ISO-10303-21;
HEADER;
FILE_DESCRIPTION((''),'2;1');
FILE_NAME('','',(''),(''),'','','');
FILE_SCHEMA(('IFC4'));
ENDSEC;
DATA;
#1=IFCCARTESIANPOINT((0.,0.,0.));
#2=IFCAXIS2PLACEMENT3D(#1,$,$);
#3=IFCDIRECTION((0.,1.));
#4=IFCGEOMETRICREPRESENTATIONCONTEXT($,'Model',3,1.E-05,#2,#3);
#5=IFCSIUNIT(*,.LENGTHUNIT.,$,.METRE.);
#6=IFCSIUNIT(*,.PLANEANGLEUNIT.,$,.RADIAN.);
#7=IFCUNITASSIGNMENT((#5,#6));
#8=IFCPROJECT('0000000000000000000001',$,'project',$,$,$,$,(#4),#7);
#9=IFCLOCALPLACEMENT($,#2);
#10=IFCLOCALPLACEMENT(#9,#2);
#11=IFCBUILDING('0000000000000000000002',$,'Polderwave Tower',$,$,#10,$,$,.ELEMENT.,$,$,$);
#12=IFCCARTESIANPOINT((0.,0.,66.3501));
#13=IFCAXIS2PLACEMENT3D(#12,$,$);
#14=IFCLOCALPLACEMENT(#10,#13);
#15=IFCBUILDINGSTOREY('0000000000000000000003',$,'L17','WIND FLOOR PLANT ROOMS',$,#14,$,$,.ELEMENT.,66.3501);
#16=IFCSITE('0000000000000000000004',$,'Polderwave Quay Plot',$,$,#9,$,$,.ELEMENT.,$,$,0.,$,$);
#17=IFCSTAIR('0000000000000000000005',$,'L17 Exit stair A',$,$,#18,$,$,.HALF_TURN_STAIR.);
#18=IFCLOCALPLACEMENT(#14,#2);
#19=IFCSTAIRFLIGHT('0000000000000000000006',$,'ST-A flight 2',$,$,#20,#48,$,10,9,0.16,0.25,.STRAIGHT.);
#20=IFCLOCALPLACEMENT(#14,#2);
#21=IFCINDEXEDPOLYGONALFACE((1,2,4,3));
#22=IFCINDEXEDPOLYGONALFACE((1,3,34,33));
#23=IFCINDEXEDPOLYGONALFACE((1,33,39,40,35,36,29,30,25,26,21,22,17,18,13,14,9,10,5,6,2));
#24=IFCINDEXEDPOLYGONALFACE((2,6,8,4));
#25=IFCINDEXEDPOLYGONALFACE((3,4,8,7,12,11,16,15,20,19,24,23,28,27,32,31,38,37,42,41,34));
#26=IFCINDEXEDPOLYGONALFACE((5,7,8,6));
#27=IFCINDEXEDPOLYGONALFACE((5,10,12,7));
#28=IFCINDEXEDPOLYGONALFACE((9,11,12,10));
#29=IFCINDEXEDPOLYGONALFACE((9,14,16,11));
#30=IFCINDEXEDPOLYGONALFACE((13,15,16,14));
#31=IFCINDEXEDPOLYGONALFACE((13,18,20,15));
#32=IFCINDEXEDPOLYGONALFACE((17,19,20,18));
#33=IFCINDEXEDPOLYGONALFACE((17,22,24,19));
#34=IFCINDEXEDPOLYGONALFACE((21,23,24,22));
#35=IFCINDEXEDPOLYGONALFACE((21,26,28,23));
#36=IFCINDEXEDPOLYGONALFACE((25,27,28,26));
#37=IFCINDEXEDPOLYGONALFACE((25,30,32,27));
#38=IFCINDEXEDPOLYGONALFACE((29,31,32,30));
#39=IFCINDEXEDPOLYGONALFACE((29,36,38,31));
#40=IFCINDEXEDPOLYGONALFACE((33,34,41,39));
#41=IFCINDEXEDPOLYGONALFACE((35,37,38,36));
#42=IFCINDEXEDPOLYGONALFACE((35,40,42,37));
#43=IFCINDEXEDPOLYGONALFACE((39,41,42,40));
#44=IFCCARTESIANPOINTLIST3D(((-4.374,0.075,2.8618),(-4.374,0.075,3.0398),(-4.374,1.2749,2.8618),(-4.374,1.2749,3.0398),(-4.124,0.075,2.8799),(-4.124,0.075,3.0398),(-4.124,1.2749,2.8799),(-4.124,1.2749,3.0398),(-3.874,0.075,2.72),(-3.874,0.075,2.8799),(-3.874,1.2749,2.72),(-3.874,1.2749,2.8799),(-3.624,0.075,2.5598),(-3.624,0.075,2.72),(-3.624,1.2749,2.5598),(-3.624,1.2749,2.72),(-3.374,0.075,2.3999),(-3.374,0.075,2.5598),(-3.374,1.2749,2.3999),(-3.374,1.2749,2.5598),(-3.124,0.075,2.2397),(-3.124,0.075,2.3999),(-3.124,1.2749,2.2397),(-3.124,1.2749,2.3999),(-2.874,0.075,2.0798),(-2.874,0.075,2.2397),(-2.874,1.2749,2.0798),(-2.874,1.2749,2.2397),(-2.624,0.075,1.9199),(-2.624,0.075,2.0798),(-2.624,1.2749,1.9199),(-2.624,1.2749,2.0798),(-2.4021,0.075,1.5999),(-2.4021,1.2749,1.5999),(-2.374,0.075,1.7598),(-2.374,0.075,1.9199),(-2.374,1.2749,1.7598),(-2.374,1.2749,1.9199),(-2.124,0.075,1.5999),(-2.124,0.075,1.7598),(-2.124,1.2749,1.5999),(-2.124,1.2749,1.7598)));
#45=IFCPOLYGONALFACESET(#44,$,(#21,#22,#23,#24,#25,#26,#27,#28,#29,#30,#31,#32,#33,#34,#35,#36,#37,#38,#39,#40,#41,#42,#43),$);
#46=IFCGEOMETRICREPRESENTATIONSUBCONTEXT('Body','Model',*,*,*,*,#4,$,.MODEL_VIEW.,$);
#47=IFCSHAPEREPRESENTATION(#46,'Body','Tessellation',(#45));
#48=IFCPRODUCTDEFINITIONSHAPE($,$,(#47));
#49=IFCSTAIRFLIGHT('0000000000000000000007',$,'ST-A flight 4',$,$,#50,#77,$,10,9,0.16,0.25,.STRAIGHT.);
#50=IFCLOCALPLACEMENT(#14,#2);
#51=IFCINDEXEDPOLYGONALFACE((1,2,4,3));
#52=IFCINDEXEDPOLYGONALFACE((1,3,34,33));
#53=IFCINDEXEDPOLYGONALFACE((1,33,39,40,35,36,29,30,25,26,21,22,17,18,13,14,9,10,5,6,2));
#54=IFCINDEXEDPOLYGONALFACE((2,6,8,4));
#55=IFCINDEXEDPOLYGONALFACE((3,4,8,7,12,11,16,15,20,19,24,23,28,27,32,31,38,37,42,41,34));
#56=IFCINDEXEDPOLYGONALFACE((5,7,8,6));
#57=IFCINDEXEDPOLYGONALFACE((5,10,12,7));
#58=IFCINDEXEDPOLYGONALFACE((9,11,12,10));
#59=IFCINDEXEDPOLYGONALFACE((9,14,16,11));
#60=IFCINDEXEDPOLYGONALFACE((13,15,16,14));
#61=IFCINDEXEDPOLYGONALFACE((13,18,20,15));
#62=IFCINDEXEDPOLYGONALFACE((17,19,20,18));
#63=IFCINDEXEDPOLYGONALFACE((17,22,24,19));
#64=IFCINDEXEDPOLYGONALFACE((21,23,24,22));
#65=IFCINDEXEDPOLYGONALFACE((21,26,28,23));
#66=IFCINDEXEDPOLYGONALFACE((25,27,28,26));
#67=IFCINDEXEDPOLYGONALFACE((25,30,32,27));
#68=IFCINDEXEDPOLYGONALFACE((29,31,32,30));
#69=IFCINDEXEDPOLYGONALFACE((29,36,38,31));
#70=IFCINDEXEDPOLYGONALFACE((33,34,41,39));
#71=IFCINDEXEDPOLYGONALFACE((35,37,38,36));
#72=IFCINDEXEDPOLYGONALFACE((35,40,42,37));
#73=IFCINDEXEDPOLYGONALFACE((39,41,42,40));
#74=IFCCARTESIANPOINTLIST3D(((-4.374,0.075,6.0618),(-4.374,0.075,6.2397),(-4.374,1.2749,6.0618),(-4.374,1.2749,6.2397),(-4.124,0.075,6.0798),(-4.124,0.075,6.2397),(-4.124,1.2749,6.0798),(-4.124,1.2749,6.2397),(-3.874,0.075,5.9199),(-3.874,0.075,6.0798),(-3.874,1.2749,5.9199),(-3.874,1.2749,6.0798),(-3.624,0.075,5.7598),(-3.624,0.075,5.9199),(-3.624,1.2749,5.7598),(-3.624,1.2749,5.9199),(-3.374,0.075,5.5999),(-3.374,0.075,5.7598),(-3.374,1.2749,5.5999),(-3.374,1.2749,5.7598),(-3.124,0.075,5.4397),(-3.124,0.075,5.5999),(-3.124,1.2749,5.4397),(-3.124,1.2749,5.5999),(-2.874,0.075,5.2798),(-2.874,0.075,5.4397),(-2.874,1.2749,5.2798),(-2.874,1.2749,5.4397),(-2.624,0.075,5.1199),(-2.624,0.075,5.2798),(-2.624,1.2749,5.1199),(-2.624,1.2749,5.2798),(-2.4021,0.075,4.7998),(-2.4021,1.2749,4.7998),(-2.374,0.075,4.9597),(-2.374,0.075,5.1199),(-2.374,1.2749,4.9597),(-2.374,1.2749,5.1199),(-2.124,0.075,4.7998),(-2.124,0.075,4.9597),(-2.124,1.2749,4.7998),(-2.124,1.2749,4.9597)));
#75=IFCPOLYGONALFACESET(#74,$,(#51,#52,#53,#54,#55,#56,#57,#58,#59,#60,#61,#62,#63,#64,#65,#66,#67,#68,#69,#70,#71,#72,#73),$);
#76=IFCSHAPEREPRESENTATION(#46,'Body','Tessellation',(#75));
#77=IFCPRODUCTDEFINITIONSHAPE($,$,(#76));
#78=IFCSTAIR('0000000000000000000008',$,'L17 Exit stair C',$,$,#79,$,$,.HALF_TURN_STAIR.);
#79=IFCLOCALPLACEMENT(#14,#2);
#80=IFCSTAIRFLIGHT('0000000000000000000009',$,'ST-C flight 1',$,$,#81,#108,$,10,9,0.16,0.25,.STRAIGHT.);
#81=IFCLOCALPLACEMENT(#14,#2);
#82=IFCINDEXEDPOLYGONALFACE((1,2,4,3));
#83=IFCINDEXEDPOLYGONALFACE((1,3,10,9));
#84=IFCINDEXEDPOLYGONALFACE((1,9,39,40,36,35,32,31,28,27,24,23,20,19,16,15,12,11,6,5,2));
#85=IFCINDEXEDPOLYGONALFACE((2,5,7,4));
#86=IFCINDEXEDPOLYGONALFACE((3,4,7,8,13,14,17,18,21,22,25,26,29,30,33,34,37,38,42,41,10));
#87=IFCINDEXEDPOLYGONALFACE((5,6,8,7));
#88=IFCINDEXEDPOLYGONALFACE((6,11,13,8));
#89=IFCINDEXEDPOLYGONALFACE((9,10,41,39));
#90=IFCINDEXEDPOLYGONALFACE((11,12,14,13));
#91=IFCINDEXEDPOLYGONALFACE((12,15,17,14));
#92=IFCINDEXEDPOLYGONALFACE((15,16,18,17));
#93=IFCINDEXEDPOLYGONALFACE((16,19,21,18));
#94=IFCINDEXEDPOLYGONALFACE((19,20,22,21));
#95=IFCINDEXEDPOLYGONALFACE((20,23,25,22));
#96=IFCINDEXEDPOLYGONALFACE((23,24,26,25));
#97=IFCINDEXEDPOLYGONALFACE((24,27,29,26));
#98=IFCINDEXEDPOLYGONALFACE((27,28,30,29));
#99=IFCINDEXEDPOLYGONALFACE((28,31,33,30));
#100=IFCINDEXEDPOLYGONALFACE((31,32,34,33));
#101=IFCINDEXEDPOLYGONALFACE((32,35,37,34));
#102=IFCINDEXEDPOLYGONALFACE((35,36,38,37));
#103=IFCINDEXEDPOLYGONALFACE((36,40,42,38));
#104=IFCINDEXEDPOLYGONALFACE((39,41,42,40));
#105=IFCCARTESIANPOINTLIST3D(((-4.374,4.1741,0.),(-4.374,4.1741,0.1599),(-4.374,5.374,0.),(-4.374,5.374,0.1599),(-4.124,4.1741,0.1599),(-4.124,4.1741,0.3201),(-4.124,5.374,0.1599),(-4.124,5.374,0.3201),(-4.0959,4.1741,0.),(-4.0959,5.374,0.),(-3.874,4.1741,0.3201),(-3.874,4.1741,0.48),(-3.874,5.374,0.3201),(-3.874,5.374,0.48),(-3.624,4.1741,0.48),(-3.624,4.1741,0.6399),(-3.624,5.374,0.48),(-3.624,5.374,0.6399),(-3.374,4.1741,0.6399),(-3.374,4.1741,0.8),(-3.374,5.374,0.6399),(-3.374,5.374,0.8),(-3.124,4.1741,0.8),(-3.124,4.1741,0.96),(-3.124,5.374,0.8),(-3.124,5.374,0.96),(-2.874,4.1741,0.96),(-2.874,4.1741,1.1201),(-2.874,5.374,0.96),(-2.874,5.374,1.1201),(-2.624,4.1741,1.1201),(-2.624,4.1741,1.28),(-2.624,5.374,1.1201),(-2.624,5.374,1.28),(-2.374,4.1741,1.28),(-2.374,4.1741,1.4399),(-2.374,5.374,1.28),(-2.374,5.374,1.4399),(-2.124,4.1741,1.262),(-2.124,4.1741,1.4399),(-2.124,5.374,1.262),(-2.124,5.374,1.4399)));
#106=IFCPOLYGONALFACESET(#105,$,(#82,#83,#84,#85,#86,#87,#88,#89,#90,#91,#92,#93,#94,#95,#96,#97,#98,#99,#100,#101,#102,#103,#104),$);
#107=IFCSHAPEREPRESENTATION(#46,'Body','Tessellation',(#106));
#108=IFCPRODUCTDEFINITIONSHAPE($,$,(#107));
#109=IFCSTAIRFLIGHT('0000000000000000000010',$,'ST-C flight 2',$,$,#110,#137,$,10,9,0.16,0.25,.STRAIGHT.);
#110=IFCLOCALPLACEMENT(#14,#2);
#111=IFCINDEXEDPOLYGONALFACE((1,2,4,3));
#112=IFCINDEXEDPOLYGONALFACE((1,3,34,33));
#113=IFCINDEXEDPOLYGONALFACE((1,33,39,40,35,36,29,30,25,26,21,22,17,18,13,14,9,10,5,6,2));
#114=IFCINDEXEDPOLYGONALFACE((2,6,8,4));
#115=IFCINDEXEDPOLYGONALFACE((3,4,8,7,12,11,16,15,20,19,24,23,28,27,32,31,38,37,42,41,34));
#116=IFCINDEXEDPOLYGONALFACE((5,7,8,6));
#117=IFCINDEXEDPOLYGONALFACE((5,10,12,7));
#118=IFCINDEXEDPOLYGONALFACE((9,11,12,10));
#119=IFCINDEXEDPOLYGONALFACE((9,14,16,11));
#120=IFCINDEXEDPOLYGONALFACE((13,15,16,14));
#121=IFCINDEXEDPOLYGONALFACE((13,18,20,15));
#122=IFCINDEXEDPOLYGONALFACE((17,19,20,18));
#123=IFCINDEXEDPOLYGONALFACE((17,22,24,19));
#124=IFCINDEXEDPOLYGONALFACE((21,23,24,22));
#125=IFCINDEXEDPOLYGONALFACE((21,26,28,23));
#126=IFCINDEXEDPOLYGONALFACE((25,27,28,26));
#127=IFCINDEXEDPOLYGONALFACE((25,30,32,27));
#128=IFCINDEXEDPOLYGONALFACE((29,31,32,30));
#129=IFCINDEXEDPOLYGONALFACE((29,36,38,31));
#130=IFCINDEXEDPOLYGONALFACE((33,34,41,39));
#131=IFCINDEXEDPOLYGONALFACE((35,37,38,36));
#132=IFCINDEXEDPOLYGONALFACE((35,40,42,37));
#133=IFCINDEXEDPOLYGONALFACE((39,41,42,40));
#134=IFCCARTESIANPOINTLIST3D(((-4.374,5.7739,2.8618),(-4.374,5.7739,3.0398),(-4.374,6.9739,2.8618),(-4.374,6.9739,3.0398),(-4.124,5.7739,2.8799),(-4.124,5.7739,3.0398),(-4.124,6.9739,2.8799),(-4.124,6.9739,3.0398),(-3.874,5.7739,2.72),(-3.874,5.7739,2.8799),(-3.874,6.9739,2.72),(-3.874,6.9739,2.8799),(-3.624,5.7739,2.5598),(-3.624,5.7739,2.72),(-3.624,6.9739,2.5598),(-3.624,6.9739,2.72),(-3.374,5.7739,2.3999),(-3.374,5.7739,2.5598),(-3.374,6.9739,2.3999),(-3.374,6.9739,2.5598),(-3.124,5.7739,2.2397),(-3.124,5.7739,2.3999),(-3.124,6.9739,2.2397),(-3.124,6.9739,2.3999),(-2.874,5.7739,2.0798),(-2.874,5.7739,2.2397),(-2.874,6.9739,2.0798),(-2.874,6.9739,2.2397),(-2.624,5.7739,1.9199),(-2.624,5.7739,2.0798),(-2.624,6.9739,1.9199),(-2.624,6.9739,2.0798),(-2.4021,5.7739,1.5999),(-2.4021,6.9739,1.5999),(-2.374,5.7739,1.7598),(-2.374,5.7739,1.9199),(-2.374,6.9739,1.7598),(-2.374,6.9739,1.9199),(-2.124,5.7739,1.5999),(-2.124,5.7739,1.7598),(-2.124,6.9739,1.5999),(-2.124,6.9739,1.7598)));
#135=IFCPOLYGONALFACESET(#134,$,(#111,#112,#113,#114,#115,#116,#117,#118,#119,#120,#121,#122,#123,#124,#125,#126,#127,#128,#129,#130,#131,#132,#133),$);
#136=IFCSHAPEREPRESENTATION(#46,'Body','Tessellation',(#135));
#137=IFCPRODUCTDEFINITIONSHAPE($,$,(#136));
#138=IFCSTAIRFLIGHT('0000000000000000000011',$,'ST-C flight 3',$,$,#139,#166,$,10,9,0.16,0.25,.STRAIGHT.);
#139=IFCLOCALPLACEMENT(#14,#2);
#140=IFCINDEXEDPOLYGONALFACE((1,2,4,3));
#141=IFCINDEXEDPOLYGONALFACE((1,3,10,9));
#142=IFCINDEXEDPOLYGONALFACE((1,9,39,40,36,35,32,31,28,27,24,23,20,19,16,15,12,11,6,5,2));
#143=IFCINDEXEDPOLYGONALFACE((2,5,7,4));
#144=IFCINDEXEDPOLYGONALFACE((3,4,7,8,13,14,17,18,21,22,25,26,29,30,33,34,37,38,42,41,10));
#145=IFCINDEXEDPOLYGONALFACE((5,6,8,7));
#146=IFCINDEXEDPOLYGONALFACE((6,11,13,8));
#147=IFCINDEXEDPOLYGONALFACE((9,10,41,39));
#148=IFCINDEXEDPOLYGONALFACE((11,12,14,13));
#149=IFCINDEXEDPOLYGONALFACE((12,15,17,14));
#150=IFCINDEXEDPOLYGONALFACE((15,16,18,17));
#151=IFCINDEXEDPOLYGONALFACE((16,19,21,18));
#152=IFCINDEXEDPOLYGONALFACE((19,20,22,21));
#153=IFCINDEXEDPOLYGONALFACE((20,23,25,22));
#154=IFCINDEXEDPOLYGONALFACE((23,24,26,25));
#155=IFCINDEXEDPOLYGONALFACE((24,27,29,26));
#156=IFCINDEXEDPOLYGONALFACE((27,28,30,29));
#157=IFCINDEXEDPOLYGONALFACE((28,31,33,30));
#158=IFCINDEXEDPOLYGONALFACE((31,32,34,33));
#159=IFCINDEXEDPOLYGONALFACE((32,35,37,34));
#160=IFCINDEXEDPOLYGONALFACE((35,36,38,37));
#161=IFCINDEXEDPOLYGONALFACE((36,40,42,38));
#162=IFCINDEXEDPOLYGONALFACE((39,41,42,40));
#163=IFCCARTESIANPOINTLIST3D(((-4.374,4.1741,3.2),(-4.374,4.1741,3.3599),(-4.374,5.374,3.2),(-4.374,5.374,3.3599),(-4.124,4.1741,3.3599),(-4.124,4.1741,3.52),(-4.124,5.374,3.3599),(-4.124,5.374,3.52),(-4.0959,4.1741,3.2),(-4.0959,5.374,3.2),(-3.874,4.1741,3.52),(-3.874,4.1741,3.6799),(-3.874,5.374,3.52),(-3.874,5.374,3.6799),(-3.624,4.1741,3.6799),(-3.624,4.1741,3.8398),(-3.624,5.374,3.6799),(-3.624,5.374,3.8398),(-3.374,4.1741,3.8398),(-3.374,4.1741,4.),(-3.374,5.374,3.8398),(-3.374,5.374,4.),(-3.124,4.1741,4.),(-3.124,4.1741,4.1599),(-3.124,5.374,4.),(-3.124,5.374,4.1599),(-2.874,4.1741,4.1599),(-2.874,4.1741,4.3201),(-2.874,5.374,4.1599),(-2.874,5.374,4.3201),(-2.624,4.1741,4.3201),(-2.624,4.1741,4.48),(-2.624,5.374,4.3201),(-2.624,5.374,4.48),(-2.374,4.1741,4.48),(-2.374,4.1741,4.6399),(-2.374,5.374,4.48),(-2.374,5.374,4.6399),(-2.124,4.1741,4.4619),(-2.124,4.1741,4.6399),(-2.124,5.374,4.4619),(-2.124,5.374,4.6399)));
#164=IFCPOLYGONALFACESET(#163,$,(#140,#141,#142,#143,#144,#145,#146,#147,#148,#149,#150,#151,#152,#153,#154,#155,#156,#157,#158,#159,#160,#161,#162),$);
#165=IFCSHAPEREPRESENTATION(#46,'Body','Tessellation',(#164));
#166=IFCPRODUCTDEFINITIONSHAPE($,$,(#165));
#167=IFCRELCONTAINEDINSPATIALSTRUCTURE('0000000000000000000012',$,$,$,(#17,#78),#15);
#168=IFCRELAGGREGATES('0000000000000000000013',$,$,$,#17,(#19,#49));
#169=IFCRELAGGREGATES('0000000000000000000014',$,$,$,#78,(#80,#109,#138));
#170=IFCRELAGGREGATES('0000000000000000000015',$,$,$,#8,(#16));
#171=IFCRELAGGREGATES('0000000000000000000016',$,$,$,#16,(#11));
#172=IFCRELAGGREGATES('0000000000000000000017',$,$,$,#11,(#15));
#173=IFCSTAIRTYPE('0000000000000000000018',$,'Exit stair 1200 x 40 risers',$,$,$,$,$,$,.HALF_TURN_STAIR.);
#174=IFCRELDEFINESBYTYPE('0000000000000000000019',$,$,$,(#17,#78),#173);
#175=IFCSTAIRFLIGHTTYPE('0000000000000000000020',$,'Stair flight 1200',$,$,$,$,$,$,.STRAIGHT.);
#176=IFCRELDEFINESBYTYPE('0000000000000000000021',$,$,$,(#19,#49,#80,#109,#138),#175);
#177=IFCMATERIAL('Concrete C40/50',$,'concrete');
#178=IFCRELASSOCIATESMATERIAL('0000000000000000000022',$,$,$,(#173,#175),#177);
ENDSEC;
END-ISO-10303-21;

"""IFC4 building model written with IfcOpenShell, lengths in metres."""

from ifc_helpers import new_model, si_unit, direction, frame, origin, place, context, subcontext, project, spatial, polyline, outline, extrude, material, type_object, element, aggregate, save


model = new_model("IFC4")

# Units and contexts
model_context = context("Model", 3, precision=1e-05, world=origin(), true_north=direction((0.0, 1.0)))
body_context = subcontext(model_context, "Body", "Model", "MODEL_VIEW")
ifc_project = project(units=[si_unit("LENGTHUNIT", "METRE"), si_unit("PLANEANGLEUNIT", "RADIAN")], contexts=[model_context])

# Site, building, storey
site_placement = place(None, origin())
site = spatial("IfcSite", under=ifc_project, at=site_placement, Name="Polderwave Quay Plot", CompositionType="ELEMENT", RefElevation=0.0)
building_placement = place(site_placement, origin())
building = spatial("IfcBuilding", under=site, at=building_placement, Name="Polderwave Tower", CompositionType="ELEMENT")
storey_placement = place(building_placement, frame((0.0, 0.0, 66.3501)))
storey = spatial("IfcBuildingStorey", under=building, at=storey_placement, Name="L17", Description="WIND FLOOR PLANT ROOMS", CompositionType="ELEMENT", Elevation=66.3501)

# Stairs, stair flights
ifc_material_1 = material(Name="Concrete C40/50", Category="concrete")
stair_type = type_object("IfcStairType", Name="Exit stair 1200 x 40 risers", PredefinedType="HALF_TURN_STAIR", material=ifc_material_1)
stair_1_placement = place(storey_placement, origin())
stair_1 = element("IfcStair", 1, at=stair_1_placement, inside=storey, type_object=stair_type, Name="L17 Exit stair A", PredefinedType="HALF_TURN_STAIR")
stair_flight_type = type_object("IfcStairFlightType", Name="Stair flight 1200", PredefinedType="STRAIGHT", material=ifc_material_1)
stair_flight_1_placement = place(storey_placement, frame((-2.124, 0.675, 1.5999), z_axis=(0.0, 0.0, 1.0), x_axis=(-1.0, 0.0, 0.0)))
stair_flight_1 = element("IfcStairFlight", 2, at=stair_flight_1_placement, type_object=stair_flight_type, Name="ST-A flight 2", NumberOfRisers=10, NumberOfTreads=9, PredefinedType="STRAIGHT", RiserHeight=0.16, TreadLength=0.25, context=body_context, shape_type="SweptSolid", body=[
    extrude(outline(polyline([(0.0, 0.0), (0.0, 0.1599), (0.25, 0.1599), (0.25, 0.3201), (0.5, 0.3201), (0.5, 0.48), (0.75, 0.48), (0.75, 0.6399), (1.0, 0.6399), (1.0, 0.8), (1.25, 0.8), (1.25, 0.96), (1.5, 0.96), (1.5, 1.1201), (1.75, 1.1201), (1.75, 1.28), (2.0, 1.28), (2.0, 1.4399), (2.25, 1.4399), (2.25, 1.6001), (2.25, 1.262), (0.2781, 0.0), (0.0, 0.0)])), frame((0.0, 0.6001, 0.0), z_axis=(0.0, -1.0, 0.0), x_axis=(1.0, 0.0, 0.0)), (0.0, 0.0, 1.0), 1.2),
])
stair_flight_2_placement = place(storey_placement, frame((-2.124, 0.675, 4.7998), z_axis=(0.0, 0.0, 1.0), x_axis=(-1.0, 0.0, 0.0)))
stair_flight_2 = element("IfcStairFlight", 3, at=stair_flight_2_placement, type_object=stair_flight_type, Name="ST-A flight 4", NumberOfRisers=10, NumberOfTreads=9, PredefinedType="STRAIGHT", RiserHeight=0.16, TreadLength=0.25, context=body_context, shape_type="SweptSolid", body=[
    extrude(outline(polyline([(0.0, 0.0), (0.0, 0.1599), (0.25, 0.1599), (0.25, 0.3201), (0.5, 0.3201), (0.5, 0.48), (0.75, 0.48), (0.75, 0.6399), (1.0, 0.6399), (1.0, 0.8), (1.25, 0.8), (1.25, 0.96), (1.5, 0.96), (1.5, 1.1201), (1.75, 1.1201), (1.75, 1.28), (2.0, 1.28), (2.0, 1.4399), (2.25, 1.4399), (2.25, 1.6001), (2.25, 1.262), (0.2781, 0.0), (0.0, 0.0)])), frame((0.0, 0.6001, 0.0), z_axis=(0.0, -1.0, 0.0), x_axis=(1.0, 0.0, 0.0)), (0.0, 0.0, 1.0), 1.2),
])
aggregate(stair_1, [stair_flight_1, stair_flight_2])
stair_2_placement = place(storey_placement, origin())
stair_2 = element("IfcStair", 4, at=stair_2_placement, inside=storey, type_object=stair_type, Name="L17 Exit stair C", PredefinedType="HALF_TURN_STAIR")
stair_flight_3_placement = place(storey_placement, frame((-4.374, 4.7739, 0.0), z_axis=(0.0, 0.0, 1.0), x_axis=(1.0, 0.0, 0.0)))
stair_flight_3 = element("IfcStairFlight", 5, at=stair_flight_3_placement, type_object=stair_flight_type, Name="ST-C flight 1", NumberOfRisers=10, NumberOfTreads=9, PredefinedType="STRAIGHT", RiserHeight=0.16, TreadLength=0.25, context=body_context, shape_type="SweptSolid", body=[
    extrude(outline(polyline([(0.0, 0.0), (0.0, 0.1599), (0.25, 0.1599), (0.25, 0.3201), (0.5, 0.3201), (0.5, 0.48), (0.75, 0.48), (0.75, 0.6399), (1.0, 0.6399), (1.0, 0.8), (1.25, 0.8), (1.25, 0.96), (1.5, 0.96), (1.5, 1.1201), (1.75, 1.1201), (1.75, 1.28), (2.0, 1.28), (2.0, 1.4399), (2.25, 1.4399), (2.25, 1.6001), (2.25, 1.262), (0.2781, 0.0), (0.0, 0.0)])), frame((0.0, 0.6001, 0.0), z_axis=(0.0, -1.0, 0.0), x_axis=(1.0, 0.0, 0.0)), (0.0, 0.0, 1.0), 1.2),
])
stair_flight_4_placement = place(storey_placement, frame((-2.124, 6.374, 1.5999), z_axis=(0.0, 0.0, 1.0), x_axis=(-1.0, 0.0, 0.0)))
stair_flight_4 = element("IfcStairFlight", 6, at=stair_flight_4_placement, type_object=stair_flight_type, Name="ST-C flight 2", NumberOfRisers=10, NumberOfTreads=9, PredefinedType="STRAIGHT", RiserHeight=0.16, TreadLength=0.25, context=body_context, shape_type="SweptSolid", body=[
    extrude(outline(polyline([(0.0, 0.0), (0.0, 0.1599), (0.25, 0.1599), (0.25, 0.3201), (0.5, 0.3201), (0.5, 0.48), (0.75, 0.48), (0.75, 0.6399), (1.0, 0.6399), (1.0, 0.8), (1.25, 0.8), (1.25, 0.96), (1.5, 0.96), (1.5, 1.1201), (1.75, 1.1201), (1.75, 1.28), (2.0, 1.28), (2.0, 1.4399), (2.25, 1.4399), (2.25, 1.6001), (2.25, 1.262), (0.2781, 0.0), (0.0, 0.0)])), frame((0.0, 0.6001, 0.0), z_axis=(0.0, -1.0, 0.0), x_axis=(1.0, 0.0, 0.0)), (0.0, 0.0, 1.0), 1.2),
])
stair_flight_5_placement = place(storey_placement, frame((-4.374, 4.7739, 3.2), z_axis=(0.0, 0.0, 1.0), x_axis=(1.0, 0.0, 0.0)))
stair_flight_5 = element("IfcStairFlight", 7, at=stair_flight_5_placement, type_object=stair_flight_type, Name="ST-C flight 3", NumberOfRisers=10, NumberOfTreads=9, PredefinedType="STRAIGHT", RiserHeight=0.16, TreadLength=0.25, context=body_context, shape_type="SweptSolid", body=[
    extrude(outline(polyline([(0.0, 0.0), (0.0, 0.1599), (0.25, 0.1599), (0.25, 0.3201), (0.5, 0.3201), (0.5, 0.48), (0.75, 0.48), (0.75, 0.6399), (1.0, 0.6399), (1.0, 0.8), (1.25, 0.8), (1.25, 0.96), (1.5, 0.96), (1.5, 1.1201), (1.75, 1.1201), (1.75, 1.28), (2.0, 1.28), (2.0, 1.4399), (2.25, 1.4399), (2.25, 1.6001), (2.25, 1.262), (0.2781, 0.0), (0.0, 0.0)])), frame((0.0, 0.6001, 0.0), z_axis=(0.0, -1.0, 0.0), x_axis=(1.0, 0.0, 0.0)), (0.0, 0.0, 1.0), 1.2),
])
aggregate(stair_2, [stair_flight_3, stair_flight_4, stair_flight_5])

save(model, "model.ifc")
